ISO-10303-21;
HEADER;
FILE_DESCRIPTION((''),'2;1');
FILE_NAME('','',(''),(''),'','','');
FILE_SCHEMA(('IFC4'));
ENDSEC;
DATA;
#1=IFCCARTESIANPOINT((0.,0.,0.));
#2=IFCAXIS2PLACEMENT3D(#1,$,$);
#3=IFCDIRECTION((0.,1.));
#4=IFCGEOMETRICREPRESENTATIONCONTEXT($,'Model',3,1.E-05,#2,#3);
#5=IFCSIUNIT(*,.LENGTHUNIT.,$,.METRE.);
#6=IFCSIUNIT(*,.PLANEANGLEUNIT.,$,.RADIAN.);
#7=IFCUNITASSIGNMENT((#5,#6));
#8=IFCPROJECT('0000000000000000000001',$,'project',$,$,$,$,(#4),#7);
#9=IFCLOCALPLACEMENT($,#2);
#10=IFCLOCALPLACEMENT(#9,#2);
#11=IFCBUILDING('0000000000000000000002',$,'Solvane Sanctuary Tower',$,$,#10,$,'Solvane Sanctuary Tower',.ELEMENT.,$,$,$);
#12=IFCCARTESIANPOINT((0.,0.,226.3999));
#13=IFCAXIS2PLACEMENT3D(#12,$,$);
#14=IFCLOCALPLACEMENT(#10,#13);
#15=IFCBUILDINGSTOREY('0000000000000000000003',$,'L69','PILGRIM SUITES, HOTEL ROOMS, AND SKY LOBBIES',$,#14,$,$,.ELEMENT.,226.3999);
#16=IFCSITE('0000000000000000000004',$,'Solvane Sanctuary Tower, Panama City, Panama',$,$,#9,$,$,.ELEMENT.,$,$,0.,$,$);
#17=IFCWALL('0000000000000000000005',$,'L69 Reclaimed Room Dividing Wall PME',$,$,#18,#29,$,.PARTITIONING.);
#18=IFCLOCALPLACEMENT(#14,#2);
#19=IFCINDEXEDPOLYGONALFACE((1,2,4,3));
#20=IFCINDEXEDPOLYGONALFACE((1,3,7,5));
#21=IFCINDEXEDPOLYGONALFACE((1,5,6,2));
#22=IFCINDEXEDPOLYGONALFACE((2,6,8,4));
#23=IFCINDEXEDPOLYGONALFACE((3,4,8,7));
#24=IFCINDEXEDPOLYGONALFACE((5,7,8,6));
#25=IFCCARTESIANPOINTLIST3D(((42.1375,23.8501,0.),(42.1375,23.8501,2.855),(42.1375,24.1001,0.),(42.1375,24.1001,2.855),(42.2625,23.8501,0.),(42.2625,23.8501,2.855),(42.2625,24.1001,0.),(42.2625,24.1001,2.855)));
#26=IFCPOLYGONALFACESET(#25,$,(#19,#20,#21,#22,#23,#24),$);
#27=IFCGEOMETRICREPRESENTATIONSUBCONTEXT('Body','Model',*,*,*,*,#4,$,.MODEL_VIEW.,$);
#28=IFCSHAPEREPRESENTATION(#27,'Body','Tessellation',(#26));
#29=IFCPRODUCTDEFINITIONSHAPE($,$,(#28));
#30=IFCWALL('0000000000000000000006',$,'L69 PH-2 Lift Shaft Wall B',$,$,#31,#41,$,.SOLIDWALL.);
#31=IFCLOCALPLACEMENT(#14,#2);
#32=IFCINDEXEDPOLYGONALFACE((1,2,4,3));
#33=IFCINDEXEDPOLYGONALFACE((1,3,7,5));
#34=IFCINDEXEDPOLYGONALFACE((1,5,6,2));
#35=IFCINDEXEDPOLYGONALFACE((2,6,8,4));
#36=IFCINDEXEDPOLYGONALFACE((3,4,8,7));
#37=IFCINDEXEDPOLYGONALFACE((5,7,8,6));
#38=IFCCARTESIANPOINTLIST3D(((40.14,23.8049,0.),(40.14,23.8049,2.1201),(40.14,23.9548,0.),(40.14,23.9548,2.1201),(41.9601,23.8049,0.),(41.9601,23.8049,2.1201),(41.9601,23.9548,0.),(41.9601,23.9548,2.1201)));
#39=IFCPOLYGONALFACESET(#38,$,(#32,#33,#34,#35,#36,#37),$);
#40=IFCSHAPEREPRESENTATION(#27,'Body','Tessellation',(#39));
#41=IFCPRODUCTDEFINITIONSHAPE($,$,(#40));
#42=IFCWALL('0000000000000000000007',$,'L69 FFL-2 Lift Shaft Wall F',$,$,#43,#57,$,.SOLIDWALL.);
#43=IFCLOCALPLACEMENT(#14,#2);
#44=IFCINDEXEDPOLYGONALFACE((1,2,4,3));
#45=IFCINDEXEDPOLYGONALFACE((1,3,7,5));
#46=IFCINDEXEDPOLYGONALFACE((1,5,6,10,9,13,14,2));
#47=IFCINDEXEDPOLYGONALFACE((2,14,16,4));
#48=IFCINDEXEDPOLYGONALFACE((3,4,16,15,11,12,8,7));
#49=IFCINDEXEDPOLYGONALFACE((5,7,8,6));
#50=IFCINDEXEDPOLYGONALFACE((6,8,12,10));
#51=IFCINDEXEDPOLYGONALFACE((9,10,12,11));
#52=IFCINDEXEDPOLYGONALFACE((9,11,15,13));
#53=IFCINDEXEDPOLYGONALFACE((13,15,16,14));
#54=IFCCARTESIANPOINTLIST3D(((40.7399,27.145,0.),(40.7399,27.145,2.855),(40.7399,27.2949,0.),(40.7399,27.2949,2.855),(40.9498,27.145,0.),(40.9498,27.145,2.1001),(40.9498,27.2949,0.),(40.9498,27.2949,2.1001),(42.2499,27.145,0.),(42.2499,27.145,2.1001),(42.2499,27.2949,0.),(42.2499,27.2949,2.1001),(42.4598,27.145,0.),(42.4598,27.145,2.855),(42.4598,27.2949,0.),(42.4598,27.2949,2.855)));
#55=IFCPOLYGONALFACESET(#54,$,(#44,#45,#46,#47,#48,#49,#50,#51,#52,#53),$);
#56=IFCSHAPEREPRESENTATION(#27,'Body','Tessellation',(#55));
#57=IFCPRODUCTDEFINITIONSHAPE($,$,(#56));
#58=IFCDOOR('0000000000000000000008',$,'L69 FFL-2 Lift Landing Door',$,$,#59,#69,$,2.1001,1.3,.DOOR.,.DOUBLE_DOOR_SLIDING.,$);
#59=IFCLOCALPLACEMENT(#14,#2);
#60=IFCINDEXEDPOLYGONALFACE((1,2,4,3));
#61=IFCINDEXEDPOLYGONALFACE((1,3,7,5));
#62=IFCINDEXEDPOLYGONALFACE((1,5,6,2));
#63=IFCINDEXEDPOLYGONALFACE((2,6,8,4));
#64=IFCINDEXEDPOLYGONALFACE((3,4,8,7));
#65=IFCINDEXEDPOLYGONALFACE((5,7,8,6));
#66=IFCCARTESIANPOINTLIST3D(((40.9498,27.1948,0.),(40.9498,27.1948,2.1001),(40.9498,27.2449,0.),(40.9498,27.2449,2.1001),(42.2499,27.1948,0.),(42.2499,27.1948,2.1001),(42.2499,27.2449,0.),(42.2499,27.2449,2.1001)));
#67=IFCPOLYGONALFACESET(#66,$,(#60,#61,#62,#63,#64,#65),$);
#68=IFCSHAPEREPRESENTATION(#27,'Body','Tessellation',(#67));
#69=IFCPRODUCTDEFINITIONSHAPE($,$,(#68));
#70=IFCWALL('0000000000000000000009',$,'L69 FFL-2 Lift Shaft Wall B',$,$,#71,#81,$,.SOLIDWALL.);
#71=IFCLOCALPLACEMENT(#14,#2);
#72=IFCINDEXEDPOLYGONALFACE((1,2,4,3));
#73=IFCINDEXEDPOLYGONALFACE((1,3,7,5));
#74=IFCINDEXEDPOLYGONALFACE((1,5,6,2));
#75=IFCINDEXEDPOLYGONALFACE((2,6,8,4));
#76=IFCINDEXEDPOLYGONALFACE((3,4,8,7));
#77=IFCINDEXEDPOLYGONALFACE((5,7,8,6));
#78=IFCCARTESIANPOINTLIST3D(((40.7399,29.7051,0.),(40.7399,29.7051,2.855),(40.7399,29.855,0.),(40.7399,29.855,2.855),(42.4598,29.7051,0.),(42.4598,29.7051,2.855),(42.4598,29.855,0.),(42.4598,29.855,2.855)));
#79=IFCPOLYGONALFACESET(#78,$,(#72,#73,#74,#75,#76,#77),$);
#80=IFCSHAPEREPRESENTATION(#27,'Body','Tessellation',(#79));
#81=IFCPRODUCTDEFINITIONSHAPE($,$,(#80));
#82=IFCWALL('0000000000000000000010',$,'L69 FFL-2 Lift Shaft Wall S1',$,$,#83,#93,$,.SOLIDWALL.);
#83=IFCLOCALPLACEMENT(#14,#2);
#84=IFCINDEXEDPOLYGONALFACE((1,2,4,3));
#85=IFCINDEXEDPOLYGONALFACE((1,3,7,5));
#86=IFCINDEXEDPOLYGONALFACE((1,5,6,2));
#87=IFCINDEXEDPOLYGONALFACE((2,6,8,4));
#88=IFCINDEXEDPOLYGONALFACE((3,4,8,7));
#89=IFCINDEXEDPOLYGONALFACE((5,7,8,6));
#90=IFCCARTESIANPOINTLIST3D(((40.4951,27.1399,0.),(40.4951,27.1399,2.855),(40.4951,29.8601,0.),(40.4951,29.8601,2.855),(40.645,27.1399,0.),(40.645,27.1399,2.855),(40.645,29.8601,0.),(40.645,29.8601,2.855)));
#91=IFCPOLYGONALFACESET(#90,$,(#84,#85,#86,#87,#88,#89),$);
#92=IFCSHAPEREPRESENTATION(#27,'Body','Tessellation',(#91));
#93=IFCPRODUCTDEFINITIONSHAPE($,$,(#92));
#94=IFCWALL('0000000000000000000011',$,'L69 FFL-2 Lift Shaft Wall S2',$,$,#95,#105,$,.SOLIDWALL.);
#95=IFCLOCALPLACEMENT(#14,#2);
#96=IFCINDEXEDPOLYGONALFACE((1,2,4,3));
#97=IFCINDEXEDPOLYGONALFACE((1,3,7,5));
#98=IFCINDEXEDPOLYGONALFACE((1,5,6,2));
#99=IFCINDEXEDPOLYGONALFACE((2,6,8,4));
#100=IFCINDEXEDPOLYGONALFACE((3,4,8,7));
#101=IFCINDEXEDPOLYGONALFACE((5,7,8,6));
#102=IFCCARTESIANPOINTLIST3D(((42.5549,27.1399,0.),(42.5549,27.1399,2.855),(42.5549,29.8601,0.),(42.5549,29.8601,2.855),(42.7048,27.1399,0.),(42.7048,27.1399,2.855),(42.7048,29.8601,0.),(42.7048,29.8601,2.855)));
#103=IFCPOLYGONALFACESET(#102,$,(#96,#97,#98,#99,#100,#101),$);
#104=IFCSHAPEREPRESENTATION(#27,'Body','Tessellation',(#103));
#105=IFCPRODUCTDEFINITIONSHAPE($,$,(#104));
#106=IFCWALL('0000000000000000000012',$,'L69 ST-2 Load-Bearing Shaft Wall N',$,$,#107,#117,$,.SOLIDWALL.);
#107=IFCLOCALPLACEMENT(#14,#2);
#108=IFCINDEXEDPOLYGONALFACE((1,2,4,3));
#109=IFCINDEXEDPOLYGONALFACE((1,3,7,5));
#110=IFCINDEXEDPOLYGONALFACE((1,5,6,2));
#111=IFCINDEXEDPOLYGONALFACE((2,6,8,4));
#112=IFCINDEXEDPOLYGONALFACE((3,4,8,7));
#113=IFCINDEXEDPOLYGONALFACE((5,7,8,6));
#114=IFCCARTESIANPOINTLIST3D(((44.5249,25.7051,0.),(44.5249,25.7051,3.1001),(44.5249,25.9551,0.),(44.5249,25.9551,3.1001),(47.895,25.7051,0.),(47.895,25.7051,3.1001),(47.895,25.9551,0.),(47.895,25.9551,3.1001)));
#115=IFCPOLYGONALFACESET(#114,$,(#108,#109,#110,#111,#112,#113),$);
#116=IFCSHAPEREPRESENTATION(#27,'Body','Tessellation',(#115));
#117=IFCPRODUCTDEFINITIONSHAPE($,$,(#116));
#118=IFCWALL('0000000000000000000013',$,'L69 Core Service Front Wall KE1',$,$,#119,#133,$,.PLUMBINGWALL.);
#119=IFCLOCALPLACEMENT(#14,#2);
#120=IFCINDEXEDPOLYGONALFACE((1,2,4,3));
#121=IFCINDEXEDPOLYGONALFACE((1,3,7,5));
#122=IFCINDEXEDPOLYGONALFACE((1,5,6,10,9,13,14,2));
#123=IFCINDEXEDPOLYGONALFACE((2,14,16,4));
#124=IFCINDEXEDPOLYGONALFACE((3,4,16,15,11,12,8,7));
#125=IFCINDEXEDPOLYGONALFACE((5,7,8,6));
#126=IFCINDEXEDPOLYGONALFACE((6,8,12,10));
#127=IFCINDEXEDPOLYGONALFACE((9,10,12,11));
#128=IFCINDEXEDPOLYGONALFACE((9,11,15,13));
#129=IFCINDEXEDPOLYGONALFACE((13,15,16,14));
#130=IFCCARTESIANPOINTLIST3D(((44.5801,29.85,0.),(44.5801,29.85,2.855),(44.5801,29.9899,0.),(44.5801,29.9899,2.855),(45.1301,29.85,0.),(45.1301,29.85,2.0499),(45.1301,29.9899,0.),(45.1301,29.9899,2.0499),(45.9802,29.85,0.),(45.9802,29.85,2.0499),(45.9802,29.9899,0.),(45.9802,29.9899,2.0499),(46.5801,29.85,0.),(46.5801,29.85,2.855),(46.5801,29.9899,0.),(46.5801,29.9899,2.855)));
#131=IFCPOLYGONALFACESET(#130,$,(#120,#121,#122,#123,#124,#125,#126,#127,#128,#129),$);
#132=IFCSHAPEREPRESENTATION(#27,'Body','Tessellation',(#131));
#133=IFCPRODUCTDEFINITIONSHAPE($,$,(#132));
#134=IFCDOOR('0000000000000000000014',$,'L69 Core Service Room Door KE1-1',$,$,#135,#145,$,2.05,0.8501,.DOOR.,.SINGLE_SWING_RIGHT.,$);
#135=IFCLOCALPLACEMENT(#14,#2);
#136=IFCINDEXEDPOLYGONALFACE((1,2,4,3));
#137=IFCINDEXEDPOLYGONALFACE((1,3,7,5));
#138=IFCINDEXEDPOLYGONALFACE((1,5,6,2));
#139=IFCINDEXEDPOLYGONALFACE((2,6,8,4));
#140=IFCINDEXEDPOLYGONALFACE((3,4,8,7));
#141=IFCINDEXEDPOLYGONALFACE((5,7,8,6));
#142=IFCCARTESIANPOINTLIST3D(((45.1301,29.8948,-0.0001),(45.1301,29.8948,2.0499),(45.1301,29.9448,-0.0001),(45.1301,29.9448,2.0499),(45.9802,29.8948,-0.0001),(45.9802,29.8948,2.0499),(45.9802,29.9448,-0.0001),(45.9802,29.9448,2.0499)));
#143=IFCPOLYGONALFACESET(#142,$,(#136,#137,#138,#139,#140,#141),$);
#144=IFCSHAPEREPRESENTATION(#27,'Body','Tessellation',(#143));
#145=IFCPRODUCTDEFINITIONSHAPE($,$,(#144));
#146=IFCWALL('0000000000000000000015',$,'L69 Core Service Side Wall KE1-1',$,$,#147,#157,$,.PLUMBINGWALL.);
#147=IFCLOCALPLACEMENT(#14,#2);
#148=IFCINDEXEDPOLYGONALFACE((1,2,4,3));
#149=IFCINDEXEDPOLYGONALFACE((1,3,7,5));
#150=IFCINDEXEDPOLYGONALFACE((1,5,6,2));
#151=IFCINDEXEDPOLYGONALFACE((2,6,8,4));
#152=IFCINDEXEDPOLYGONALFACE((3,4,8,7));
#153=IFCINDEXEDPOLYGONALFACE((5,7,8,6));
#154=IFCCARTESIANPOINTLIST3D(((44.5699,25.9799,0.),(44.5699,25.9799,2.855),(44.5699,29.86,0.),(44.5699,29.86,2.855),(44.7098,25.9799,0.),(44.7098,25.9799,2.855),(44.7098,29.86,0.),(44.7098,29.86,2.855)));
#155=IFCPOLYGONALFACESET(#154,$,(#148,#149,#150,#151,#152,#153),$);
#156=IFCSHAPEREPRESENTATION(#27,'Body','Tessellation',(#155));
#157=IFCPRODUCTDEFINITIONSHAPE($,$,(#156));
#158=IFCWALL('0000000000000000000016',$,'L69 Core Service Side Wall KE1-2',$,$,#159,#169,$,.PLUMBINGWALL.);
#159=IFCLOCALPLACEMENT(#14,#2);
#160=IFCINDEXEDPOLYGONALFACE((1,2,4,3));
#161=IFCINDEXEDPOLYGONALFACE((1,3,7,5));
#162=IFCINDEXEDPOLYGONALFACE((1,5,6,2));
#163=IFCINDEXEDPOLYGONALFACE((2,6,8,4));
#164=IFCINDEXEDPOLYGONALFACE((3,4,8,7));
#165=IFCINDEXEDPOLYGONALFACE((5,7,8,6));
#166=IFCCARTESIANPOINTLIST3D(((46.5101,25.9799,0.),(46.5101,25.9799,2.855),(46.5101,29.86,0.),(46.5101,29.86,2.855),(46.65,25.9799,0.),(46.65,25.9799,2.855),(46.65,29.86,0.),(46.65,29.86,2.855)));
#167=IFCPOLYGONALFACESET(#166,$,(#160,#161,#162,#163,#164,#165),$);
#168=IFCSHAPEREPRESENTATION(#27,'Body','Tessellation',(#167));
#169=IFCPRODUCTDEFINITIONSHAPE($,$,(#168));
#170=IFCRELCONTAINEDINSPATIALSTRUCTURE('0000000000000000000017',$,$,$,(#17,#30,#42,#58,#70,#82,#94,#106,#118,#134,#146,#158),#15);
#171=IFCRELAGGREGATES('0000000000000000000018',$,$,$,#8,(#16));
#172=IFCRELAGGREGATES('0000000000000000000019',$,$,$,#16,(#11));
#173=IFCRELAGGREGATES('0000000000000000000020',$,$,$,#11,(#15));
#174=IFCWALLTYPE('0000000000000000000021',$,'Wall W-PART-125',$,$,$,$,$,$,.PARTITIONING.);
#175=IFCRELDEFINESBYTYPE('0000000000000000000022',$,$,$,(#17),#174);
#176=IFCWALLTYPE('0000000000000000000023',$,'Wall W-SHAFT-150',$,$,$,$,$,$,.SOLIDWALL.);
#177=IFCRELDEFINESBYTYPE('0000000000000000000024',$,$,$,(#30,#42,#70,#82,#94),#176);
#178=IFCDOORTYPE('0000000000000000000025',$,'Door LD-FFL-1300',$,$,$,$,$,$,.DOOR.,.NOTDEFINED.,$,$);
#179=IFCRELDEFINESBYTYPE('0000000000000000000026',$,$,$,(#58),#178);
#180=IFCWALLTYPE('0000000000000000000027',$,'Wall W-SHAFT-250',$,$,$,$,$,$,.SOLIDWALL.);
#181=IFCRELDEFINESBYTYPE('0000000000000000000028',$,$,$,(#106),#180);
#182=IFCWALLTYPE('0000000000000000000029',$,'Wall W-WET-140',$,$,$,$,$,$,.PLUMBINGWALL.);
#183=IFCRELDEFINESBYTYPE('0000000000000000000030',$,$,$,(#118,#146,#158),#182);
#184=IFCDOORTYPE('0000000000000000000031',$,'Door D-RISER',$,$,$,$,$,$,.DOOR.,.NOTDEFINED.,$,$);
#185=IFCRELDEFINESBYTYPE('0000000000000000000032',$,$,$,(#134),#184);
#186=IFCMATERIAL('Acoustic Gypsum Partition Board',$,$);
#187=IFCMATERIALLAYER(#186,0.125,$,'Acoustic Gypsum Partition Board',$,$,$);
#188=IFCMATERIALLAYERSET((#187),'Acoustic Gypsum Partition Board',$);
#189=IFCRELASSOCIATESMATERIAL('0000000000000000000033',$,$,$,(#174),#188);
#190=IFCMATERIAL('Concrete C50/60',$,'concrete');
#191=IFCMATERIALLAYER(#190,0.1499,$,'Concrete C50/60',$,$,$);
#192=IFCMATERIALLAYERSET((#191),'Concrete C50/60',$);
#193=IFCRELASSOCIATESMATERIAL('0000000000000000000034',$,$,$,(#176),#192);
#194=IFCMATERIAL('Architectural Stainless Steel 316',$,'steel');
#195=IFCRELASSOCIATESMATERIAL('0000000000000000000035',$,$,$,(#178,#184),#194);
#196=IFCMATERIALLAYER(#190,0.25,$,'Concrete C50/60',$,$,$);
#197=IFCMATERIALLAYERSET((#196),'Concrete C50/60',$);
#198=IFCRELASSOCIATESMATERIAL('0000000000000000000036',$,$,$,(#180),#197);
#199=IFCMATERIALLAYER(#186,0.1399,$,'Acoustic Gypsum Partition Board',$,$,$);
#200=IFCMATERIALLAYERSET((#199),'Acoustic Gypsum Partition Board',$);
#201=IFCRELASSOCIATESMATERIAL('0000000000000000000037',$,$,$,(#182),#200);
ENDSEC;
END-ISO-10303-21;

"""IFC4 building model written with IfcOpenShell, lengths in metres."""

from ifc_helpers import new_model, si_unit, direction, frame, frame_2d, origin, place, context, subcontext, project, spatial, rectangle, extrude, material, layer, layer_set, type_object, element, fill, save


model = new_model("IFC4")

# Units and contexts
model_context = context("Model", 3, precision=1e-05, world=origin(), true_north=direction((0.0, 1.0)))
body_context = subcontext(model_context, "Body", "Model", "MODEL_VIEW")
ifc_project = project(units=[si_unit("LENGTHUNIT", "METRE"), si_unit("PLANEANGLEUNIT", "RADIAN")], contexts=[model_context])

# Site, building, storey
site_placement = place(None, origin())
site = spatial("IfcSite", under=ifc_project, at=site_placement, Name="Solvane Sanctuary Tower, Panama City, Panama", CompositionType="ELEMENT", RefElevation=0.0)
building_placement = place(site_placement, origin())
building = spatial("IfcBuilding", under=site, at=building_placement, Name="Solvane Sanctuary Tower", LongName="Solvane Sanctuary Tower", CompositionType="ELEMENT")
storey_placement = place(building_placement, frame((0.0, 0.0, 226.3999)))
storey = spatial("IfcBuildingStorey", under=building, at=storey_placement, Name="L69", Description="PILGRIM SUITES, HOTEL ROOMS, AND SKY LOBBIES", CompositionType="ELEMENT", Elevation=226.3999)

# Shared definitions
ifc_material_1 = material(Name="Acoustic Gypsum Partition Board")

# Shared definitions
ifc_material_2 = material(Name="Architectural Stainless Steel 316", Category="steel")

# Walls
ifc_layer_1 = layer(ifc_material_1, 0.125, Name="Acoustic Gypsum Partition Board")
ifc_layer_set_1 = layer_set([ifc_layer_1], Name="Acoustic Gypsum Partition Board")
wall_type_1 = type_object("IfcWallType", Name="Wall W-PART-125", PredefinedType="PARTITIONING", material=ifc_layer_set_1)
wall_1_placement = place(storey_placement, frame((42.2, 23.8501, 0.0), z_axis=(0.0, 0.0, 1.0), x_axis=(0.0, 1.0, 0.0)))
element("IfcWall", 1, at=wall_1_placement, inside=storey, type_object=wall_type_1, Name="L69 Reclaimed Room Dividing Wall PME", PredefinedType="PARTITIONING", context=body_context, shape_type="SweptSolid", body=[
    extrude(rectangle(XDim=0.25, YDim=0.125, at=frame_2d((0.125, 0.0))), origin(), (0.0, 0.0, 1.0), 2.855),
])
ifc_material_3 = material(Name="Concrete C50/60", Category="concrete")
ifc_layer_2 = layer(ifc_material_3, 0.1499, Name="Concrete C50/60")
ifc_layer_set_2 = layer_set([ifc_layer_2], Name="Concrete C50/60")
wall_type_2 = type_object("IfcWallType", Name="Wall W-SHAFT-150", PredefinedType="SOLIDWALL", material=ifc_layer_set_2)
wall_2_placement = place(storey_placement, frame((40.1399, 23.8799, 0.0), z_axis=(0.0, 0.0, 1.0), x_axis=(1.0, 0.0, 0.0)))
element("IfcWall", 2, at=wall_2_placement, inside=storey, type_object=wall_type_2, Name="L69 PH-2 Lift Shaft Wall B", PredefinedType="SOLIDWALL", context=body_context, shape_type="SweptSolid", body=[
    extrude(rectangle(XDim=1.8201, YDim=0.1499, at=frame_2d((0.9102, 0.0))), origin(), (0.0, 0.0, 1.0), 2.1201),
])

# Wall, opening, door
wall_3_placement = place(storey_placement, frame((40.74, 27.22, 0.0), z_axis=(0.0, 0.0, 1.0), x_axis=(1.0, 0.0, 0.0)))
wall_3 = element("IfcWall", 3, at=wall_3_placement, inside=storey, type_object=wall_type_2, Name="L69 FFL-2 Lift Shaft Wall F", PredefinedType="SOLIDWALL", context=body_context, shape_type="SweptSolid", body=[
    extrude(rectangle(XDim=1.72, YDim=0.1499, at=frame_2d((0.8599, 0.0))), origin(), (0.0, 0.0, 1.0), 2.855),
])
opening_1_placement = place(wall_3_placement, frame((0.21, 0.0, 0.0)))
opening_1 = element("IfcOpeningElement", 4, at=opening_1_placement, cuts=wall_3, PredefinedType="OPENING", context=body_context, shape_type="SweptSolid", body=[
    extrude(rectangle(XDim=1.3, YDim=2.1001, at=frame_2d((0.6499, 1.05))), frame((0.0, 0.085, 0.0), z_axis=(0.0, -1.0, 0.0), x_axis=(1.0, 0.0, 0.0)), (0.0, 0.0, 1.0), 0.1699),
])
door_type_1 = type_object("IfcDoorType", Name="Door LD-FFL-1300", OperationType="NOTDEFINED", PredefinedType="DOOR", material=ifc_material_2)
door_1_placement = place(opening_1_placement, origin())
door_1 = element("IfcDoor", 5, at=door_1_placement, inside=storey, type_object=door_type_1, Name="L69 FFL-2 Lift Landing Door", OperationType="DOUBLE_DOOR_SLIDING", OverallHeight=2.1001, OverallWidth=1.3, PredefinedType="DOOR", context=body_context, shape_type="SweptSolid", body=[
    extrude(rectangle(XDim=1.3, YDim=2.1001, at=frame_2d((0.6499, 1.05))), frame((0.0, 0.0249, 0.0), z_axis=(0.0, -1.0, 0.0), x_axis=(1.0, 0.0, 0.0)), (0.0, 0.0, 1.0), 0.05),
])
fill(opening_1, door_1)

# Walls
wall_4_placement = place(storey_placement, frame((40.74, 29.78, 0.0), z_axis=(0.0, 0.0, 1.0), x_axis=(1.0, 0.0, 0.0)))
element("IfcWall", 6, at=wall_4_placement, inside=storey, type_object=wall_type_2, Name="L69 FFL-2 Lift Shaft Wall B", PredefinedType="SOLIDWALL", context=body_context, shape_type="SweptSolid", body=[
    extrude(rectangle(XDim=1.72, YDim=0.1499, at=frame_2d((0.8599, 0.0))), origin(), (0.0, 0.0, 1.0), 2.855),
])
for number, where, z_axis, x_axis, name in (
    (7, (40.5701, 27.1399, 0.0), (0.0, 0.0, 1.0), (0.0, 1.0, 0.0), "L69 FFL-2 Lift Shaft Wall S1"),
    (8, (42.6299, 27.1399, 0.0), (0.0, 0.0, 1.0), (0.0, 1.0, 0.0), "L69 FFL-2 Lift Shaft Wall S2"),
):
    element("IfcWall", number, at=place(storey_placement, frame(where, z_axis=z_axis, x_axis=x_axis)), inside=storey, type_object=wall_type_2, Name=name, PredefinedType="SOLIDWALL", context=body_context, shape_type="SweptSolid", body=[
        extrude(rectangle(XDim=2.7202, YDim=0.1499, at=frame_2d((1.3601, 0.0))), origin(), (0.0, 0.0, 1.0), 2.855),
    ])
ifc_layer_3 = layer(ifc_material_3, 0.25, Name="Concrete C50/60")
ifc_layer_set_3 = layer_set([ifc_layer_3], Name="Concrete C50/60")
wall_type_3 = type_object("IfcWallType", Name="Wall W-SHAFT-250", PredefinedType="SOLIDWALL", material=ifc_layer_set_3)
wall_5_placement = place(storey_placement, frame((44.5249, 25.8301, 0.0), z_axis=(0.0, 0.0, 1.0), x_axis=(1.0, 0.0, 0.0)))
element("IfcWall", 9, at=wall_5_placement, inside=storey, type_object=wall_type_3, Name="L69 ST-2 Load-Bearing Shaft Wall N", PredefinedType="SOLIDWALL", context=body_context, shape_type="SweptSolid", body=[
    extrude(rectangle(XDim=3.3701, YDim=0.25, at=frame_2d((1.6851, 0.0))), origin(), (0.0, 0.0, 1.0), 3.1001),
])

# Wall, opening, door
ifc_layer_4 = layer(ifc_material_1, 0.1399, Name="Acoustic Gypsum Partition Board")
ifc_layer_set_4 = layer_set([ifc_layer_4], Name="Acoustic Gypsum Partition Board")
wall_type_4 = type_object("IfcWallType", Name="Wall W-WET-140", PredefinedType="PLUMBINGWALL", material=ifc_layer_set_4)
wall_6_placement = place(storey_placement, frame((44.5801, 29.9199, 0.0), z_axis=(0.0, 0.0, 1.0), x_axis=(1.0, 0.0, 0.0)))
wall_6 = element("IfcWall", 10, at=wall_6_placement, inside=storey, type_object=wall_type_4, Name="L69 Core Service Front Wall KE1", PredefinedType="PLUMBINGWALL", context=body_context, shape_type="SweptSolid", body=[
    extrude(rectangle(XDim=2.0, YDim=0.1399, at=frame_2d((1.0, 0.0))), origin(), (0.0, 0.0, 1.0), 2.855),
])
opening_2_placement = place(wall_6_placement, frame((0.55, 0.0, 0.0)))
opening_2 = element("IfcOpeningElement", 11, at=opening_2_placement, cuts=wall_6, PredefinedType="OPENING", context=body_context, shape_type="SweptSolid", body=[
    extrude(rectangle(XDim=0.8501, YDim=2.05, at=frame_2d((0.425, 1.0249))), frame((0.0, 0.0798, 0.0), z_axis=(0.0, -1.0, 0.0), x_axis=(1.0, 0.0, 0.0)), (0.0, 0.0, 1.0), 0.1599),
])
door_type_2 = type_object("IfcDoorType", Name="Door D-RISER", OperationType="NOTDEFINED", PredefinedType="DOOR", material=ifc_material_2)
door_2_placement = place(opening_2_placement, origin())
door_2 = element("IfcDoor", 12, at=door_2_placement, inside=storey, type_object=door_type_2, Name="L69 Core Service Room Door KE1-1", OperationType="SINGLE_SWING_RIGHT", OverallHeight=2.05, OverallWidth=0.8501, PredefinedType="DOOR", context=body_context, shape_type="SweptSolid", body=[
    extrude(rectangle(XDim=0.8501, YDim=2.05, at=frame_2d((0.425, 1.0249))), frame((0.0, 0.0249, 0.0), z_axis=(0.0, -1.0, 0.0), x_axis=(1.0, 0.0, 0.0)), (0.0, 0.0, 1.0), 0.05),
])
fill(opening_2, door_2)

# Walls
for number, where, z_axis, x_axis, name in (
    (13, (44.6399, 25.98, 0.0), (0.0, 0.0, 1.0), (0.0, 1.0, 0.0), "L69 Core Service Side Wall KE1-1"),
    (14, (46.5801, 25.98, 0.0), (0.0, 0.0, 1.0), (0.0, 1.0, 0.0), "L69 Core Service Side Wall KE1-2"),
):
    element("IfcWall", number, at=place(storey_placement, frame(where, z_axis=z_axis, x_axis=x_axis)), inside=storey, type_object=wall_type_4, Name=name, PredefinedType="PLUMBINGWALL", context=body_context, shape_type="SweptSolid", body=[
        extrude(rectangle(XDim=3.8801, YDim=0.1399, at=frame_2d((1.9399, 0.0))), origin(), (0.0, 0.0, 1.0), 2.855),
    ])

save(model, "model.ifc")
